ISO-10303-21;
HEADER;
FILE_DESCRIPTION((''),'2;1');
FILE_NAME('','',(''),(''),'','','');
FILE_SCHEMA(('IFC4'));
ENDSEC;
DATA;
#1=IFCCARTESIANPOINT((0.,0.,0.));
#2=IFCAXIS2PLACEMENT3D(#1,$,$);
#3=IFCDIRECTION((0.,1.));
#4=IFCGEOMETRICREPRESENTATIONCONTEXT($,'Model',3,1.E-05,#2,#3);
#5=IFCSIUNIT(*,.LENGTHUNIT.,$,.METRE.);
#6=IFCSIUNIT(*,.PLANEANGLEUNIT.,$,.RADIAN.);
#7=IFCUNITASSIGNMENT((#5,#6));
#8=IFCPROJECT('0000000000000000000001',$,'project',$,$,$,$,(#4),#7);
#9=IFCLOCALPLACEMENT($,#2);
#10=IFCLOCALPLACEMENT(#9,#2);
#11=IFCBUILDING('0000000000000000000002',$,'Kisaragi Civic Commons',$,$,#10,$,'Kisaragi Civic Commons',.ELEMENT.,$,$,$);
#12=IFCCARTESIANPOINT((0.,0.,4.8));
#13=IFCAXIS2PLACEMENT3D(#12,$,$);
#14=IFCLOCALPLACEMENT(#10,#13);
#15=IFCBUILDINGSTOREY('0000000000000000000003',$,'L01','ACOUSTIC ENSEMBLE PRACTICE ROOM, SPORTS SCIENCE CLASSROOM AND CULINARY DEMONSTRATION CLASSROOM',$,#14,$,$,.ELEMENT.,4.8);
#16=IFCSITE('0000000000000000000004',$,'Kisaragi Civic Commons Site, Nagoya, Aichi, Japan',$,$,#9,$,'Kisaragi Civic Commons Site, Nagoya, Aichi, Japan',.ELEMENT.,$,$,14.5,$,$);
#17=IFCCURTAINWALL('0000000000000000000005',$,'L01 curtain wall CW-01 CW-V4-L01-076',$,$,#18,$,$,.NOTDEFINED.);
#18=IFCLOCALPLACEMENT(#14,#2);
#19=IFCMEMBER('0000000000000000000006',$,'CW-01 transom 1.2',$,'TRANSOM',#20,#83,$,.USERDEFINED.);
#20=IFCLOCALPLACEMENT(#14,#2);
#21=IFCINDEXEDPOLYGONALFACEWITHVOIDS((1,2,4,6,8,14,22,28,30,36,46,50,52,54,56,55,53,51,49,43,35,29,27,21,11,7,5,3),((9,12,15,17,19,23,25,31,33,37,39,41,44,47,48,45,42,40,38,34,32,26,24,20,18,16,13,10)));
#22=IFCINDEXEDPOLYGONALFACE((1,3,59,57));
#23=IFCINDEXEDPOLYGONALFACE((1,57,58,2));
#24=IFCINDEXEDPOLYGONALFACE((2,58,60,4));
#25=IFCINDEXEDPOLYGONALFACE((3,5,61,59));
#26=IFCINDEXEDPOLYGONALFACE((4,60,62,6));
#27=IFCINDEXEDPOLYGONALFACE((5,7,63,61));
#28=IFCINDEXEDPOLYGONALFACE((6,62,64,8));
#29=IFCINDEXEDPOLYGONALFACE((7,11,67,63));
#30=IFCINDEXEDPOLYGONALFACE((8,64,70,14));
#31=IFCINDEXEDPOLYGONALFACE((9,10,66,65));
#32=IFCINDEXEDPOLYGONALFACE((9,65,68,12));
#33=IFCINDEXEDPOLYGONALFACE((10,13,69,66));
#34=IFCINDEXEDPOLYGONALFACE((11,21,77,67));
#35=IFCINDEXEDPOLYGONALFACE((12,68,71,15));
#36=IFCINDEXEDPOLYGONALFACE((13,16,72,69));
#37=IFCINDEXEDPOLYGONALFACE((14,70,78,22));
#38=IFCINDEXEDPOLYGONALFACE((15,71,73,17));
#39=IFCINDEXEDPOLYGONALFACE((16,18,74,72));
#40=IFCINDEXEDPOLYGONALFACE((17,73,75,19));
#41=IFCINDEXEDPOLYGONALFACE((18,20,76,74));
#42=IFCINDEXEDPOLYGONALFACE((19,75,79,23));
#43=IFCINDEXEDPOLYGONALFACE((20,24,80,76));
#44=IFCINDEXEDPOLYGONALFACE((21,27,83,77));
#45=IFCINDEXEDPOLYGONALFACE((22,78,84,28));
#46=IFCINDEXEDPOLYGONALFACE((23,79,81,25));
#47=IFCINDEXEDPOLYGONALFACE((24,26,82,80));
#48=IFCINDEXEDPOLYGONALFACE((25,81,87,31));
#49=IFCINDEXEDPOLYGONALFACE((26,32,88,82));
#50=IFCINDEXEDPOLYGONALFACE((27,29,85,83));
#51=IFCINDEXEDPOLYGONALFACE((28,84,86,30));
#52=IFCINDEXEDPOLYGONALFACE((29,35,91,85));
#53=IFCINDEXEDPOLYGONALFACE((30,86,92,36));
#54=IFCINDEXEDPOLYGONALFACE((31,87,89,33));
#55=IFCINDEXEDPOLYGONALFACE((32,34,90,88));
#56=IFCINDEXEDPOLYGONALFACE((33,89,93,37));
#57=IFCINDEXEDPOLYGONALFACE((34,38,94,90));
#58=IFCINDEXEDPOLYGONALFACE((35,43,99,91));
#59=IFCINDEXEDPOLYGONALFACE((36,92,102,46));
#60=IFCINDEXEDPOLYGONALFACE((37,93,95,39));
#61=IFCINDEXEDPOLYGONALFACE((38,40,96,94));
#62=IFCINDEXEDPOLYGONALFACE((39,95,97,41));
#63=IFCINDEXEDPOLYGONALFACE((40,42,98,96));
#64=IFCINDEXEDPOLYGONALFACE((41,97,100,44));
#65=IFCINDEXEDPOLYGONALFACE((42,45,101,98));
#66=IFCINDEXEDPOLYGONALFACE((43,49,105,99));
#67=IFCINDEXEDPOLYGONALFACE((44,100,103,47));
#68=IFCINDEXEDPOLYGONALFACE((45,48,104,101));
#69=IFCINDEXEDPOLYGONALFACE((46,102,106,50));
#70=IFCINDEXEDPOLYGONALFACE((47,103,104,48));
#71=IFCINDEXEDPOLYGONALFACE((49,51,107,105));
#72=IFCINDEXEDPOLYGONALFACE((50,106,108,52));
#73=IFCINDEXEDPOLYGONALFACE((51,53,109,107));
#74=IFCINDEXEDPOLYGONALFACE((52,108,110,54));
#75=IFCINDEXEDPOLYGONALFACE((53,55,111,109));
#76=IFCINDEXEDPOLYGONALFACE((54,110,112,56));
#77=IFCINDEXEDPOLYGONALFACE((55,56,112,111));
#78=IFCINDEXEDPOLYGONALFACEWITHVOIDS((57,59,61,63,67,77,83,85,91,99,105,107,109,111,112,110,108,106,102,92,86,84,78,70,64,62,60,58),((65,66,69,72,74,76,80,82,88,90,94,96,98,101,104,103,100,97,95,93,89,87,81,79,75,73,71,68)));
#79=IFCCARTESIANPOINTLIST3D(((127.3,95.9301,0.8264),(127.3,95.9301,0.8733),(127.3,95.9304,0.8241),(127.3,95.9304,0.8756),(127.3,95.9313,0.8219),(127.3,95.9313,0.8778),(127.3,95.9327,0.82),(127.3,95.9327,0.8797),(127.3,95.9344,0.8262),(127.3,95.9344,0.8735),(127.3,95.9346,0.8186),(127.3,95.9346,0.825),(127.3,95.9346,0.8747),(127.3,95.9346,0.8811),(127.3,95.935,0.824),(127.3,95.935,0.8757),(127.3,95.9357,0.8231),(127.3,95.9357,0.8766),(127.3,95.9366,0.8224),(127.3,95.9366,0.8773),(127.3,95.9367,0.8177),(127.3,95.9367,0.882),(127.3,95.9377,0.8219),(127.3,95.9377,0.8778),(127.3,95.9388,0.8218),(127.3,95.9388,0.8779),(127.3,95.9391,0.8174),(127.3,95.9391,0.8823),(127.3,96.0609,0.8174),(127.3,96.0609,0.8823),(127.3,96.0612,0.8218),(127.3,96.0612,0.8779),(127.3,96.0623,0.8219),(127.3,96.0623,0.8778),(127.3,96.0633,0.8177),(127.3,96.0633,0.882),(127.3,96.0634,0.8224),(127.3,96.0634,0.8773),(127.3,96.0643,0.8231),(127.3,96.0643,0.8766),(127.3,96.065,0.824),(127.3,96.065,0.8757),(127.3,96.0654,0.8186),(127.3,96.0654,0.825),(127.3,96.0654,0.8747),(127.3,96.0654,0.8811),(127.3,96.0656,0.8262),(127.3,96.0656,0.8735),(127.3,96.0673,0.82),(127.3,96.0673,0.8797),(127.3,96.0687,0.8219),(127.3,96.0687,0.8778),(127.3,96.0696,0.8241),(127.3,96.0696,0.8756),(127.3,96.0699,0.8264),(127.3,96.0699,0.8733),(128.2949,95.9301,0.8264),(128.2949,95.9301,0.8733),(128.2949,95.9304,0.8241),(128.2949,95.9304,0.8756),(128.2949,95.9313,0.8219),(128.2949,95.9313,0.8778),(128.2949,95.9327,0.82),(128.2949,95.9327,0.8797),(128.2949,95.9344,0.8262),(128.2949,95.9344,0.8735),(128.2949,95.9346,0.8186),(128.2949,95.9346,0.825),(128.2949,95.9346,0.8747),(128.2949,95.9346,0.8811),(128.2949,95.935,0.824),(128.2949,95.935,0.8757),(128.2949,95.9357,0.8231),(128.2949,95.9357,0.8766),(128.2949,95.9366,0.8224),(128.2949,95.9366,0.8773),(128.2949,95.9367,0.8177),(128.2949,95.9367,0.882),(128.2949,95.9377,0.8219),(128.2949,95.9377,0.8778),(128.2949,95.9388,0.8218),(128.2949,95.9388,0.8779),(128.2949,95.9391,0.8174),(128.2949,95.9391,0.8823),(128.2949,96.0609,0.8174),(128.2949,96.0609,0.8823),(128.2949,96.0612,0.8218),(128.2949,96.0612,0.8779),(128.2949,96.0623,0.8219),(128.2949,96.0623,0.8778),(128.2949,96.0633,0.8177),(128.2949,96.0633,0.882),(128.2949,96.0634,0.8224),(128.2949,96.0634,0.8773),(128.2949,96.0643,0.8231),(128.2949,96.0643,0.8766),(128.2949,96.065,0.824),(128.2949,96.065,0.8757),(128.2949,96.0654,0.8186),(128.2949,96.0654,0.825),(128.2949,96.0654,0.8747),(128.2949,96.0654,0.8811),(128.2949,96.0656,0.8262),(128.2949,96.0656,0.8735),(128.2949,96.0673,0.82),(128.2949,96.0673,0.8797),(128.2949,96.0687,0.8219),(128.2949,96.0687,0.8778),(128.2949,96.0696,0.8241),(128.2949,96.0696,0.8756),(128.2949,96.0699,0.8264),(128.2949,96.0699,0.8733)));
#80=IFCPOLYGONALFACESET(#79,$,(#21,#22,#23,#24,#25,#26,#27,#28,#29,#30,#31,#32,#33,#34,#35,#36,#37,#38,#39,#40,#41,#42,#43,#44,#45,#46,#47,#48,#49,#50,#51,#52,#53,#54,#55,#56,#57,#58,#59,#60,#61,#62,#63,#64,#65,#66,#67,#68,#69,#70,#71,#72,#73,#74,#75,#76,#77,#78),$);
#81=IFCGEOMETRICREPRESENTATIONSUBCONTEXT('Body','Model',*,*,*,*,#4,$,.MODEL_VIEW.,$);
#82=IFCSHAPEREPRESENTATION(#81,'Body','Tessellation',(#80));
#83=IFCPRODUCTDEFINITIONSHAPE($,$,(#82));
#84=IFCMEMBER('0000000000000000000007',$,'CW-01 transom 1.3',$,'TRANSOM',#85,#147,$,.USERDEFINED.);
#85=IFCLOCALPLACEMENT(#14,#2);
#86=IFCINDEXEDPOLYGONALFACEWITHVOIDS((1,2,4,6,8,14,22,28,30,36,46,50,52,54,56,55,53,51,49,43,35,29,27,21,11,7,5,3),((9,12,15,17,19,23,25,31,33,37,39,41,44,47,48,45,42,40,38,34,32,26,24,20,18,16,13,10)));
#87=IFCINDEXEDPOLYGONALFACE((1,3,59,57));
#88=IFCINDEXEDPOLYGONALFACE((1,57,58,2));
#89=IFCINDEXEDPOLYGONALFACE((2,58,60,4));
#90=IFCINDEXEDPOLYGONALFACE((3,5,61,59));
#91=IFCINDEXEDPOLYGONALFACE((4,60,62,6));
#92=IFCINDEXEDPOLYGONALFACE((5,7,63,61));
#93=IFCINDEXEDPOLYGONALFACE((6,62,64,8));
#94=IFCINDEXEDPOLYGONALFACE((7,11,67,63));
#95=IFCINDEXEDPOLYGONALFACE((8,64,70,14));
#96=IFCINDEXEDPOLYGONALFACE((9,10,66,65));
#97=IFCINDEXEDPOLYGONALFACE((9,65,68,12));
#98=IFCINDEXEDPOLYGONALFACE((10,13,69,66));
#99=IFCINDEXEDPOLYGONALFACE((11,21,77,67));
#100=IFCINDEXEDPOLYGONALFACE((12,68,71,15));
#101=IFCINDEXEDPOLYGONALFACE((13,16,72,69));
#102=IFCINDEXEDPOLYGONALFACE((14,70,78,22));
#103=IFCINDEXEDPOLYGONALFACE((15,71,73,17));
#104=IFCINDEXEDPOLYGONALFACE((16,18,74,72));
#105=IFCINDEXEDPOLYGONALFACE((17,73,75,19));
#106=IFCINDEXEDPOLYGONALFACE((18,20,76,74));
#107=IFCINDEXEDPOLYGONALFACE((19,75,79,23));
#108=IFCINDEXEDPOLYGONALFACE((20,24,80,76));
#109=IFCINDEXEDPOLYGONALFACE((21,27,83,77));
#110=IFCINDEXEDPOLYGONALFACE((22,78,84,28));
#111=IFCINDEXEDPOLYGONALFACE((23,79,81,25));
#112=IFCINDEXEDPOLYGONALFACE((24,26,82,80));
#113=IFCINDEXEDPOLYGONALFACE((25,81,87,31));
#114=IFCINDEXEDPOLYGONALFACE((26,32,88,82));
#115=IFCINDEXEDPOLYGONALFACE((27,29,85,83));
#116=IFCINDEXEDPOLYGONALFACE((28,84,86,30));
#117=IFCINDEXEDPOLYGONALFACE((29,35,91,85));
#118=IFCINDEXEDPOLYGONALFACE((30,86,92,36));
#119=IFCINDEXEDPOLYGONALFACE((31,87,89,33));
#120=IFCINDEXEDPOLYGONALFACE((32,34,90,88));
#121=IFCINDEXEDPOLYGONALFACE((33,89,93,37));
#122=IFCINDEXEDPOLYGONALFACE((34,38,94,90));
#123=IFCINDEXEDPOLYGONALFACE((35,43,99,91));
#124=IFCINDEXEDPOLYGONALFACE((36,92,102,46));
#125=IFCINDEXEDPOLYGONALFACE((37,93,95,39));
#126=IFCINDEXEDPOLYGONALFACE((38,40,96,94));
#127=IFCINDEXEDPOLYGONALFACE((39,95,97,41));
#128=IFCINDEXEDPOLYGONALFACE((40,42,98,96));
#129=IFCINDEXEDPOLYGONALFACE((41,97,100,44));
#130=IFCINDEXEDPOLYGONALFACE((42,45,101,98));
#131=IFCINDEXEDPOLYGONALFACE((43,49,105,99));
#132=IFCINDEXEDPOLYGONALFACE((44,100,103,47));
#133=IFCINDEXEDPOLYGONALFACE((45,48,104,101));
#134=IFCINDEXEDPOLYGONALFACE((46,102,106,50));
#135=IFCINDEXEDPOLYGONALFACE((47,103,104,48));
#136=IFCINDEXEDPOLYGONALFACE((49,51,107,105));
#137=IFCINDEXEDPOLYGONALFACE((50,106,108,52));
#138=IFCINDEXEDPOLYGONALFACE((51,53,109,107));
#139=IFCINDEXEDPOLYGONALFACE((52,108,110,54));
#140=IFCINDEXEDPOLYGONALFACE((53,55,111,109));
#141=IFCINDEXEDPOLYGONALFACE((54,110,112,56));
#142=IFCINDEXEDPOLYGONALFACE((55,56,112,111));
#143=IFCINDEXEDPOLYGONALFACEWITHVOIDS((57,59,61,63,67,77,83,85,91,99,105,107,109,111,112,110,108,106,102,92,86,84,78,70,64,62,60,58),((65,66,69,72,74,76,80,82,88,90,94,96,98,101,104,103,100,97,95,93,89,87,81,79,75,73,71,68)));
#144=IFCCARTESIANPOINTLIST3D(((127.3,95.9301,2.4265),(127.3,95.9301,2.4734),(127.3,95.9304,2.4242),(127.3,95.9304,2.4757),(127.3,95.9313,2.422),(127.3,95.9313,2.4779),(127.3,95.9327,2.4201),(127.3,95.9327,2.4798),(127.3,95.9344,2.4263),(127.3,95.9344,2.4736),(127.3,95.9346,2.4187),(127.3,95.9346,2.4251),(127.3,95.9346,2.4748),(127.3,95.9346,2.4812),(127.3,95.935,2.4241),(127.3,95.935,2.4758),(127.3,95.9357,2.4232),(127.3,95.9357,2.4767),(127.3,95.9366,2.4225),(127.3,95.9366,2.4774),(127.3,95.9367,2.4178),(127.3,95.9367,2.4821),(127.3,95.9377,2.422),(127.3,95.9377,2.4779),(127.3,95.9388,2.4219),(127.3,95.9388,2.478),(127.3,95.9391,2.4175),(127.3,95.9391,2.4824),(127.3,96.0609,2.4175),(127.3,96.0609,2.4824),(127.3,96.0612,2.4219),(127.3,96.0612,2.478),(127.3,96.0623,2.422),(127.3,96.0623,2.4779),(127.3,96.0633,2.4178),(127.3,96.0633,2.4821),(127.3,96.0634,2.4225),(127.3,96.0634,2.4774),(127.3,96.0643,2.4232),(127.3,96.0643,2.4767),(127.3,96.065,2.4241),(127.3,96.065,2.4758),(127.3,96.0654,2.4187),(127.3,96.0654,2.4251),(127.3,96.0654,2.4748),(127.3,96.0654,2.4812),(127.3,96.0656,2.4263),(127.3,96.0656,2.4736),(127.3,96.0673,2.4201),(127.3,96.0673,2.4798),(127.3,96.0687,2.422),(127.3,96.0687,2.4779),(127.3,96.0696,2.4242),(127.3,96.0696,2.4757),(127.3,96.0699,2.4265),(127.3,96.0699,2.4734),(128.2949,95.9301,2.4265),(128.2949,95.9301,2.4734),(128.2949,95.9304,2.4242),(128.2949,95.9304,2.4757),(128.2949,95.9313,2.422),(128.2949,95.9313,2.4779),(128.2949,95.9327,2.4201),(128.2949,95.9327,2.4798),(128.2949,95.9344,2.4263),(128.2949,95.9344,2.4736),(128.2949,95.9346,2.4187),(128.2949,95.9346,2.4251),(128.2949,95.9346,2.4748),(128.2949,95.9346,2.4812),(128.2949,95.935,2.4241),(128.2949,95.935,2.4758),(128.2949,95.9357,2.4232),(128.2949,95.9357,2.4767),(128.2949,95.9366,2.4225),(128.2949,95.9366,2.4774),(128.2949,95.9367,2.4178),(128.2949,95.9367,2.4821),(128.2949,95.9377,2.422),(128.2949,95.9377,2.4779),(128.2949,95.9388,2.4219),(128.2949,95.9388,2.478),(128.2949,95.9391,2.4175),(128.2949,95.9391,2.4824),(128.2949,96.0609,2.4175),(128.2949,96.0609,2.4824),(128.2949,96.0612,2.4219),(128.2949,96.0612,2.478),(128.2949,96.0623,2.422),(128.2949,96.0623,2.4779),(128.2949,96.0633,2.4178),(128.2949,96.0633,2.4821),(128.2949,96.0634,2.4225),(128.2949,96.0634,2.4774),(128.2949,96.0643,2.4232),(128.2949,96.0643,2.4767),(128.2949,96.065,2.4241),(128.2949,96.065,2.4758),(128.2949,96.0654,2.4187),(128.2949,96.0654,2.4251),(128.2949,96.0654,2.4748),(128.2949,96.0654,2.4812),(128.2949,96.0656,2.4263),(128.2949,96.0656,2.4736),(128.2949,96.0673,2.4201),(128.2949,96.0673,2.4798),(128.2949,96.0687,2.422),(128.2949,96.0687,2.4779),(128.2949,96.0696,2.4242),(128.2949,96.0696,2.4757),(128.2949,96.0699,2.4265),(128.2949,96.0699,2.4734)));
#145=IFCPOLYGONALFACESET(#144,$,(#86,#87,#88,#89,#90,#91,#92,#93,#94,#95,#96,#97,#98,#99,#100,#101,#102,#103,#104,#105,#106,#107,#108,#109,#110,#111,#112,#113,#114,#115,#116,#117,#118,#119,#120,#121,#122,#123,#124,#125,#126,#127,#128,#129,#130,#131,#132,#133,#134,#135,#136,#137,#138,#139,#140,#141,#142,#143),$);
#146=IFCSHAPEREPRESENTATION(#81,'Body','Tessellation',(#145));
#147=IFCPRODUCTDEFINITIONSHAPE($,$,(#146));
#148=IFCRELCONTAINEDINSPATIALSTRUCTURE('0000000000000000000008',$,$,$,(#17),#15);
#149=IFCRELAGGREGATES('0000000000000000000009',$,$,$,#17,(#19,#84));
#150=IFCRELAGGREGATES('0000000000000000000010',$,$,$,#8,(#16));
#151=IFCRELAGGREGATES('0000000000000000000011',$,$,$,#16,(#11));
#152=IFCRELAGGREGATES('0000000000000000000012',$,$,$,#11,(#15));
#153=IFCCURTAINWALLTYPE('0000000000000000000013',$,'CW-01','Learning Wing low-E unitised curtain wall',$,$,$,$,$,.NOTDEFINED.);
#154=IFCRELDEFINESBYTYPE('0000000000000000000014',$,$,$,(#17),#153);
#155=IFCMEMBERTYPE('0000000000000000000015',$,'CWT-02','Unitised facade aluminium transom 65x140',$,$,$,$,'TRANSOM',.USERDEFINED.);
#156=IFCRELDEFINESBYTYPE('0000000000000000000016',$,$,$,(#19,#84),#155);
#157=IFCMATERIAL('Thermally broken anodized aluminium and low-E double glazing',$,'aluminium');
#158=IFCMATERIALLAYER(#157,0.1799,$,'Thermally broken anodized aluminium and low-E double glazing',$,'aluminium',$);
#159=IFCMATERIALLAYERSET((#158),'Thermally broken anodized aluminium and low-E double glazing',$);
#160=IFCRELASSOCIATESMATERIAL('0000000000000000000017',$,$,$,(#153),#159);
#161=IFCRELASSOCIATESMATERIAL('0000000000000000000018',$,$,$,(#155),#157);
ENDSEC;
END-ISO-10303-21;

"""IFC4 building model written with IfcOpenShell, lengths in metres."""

from ifc_helpers import new_model, si_unit, direction, frame, origin, origin_2d, place, context, subcontext, project, spatial, hollow_rectangle, extrude, material, layer, layer_set, material_profile, profile_set, type_object, element, aggregate, save


model = new_model("IFC4")

# Units and contexts
model_context = context("Model", 3, precision=1e-05, world=origin(), true_north=direction((0.0, 1.0)))
body_context = subcontext(model_context, "Body", "Model", "MODEL_VIEW")
ifc_project = project(units=[si_unit("LENGTHUNIT", "METRE"), si_unit("PLANEANGLEUNIT", "RADIAN")], contexts=[model_context])

# Site, building, storey
site_placement = place(None, origin())
site = spatial("IfcSite", under=ifc_project, at=site_placement, Name="Kisaragi Civic Commons Site, Nagoya, Aichi, Japan", LongName="Kisaragi Civic Commons Site, Nagoya, Aichi, Japan", CompositionType="ELEMENT", RefElevation=14.5)
building_placement = place(site_placement, origin())
building = spatial("IfcBuilding", under=site, at=building_placement, Name="Kisaragi Civic Commons", LongName="Kisaragi Civic Commons", CompositionType="ELEMENT")
storey_placement = place(building_placement, frame((0.0, 0.0, 4.8)))
storey = spatial("IfcBuildingStorey", under=building, at=storey_placement, Name="L01", Description="ACOUSTIC ENSEMBLE PRACTICE ROOM, SPORTS SCIENCE CLASSROOM AND CULINARY DEMONSTRATION CLASSROOM", CompositionType="ELEMENT", Elevation=4.8)

# Shared definitions
ifc_material_1 = material(Name="Thermally broken anodized aluminium and low-E double glazing", Category="aluminium")
ifc_layer_1 = layer(ifc_material_1, 0.1799, Name="Thermally broken anodized aluminium and low-E double glazing", Category="aluminium")
ifc_layer_set_1 = layer_set([ifc_layer_1], Name="Thermally broken anodized aluminium and low-E double glazing")
curtain_wall_type = type_object("IfcCurtainWallType", Name="CW-01", Description="Learning Wing low-E unitised curtain wall", PredefinedType="NOTDEFINED", material=ifc_layer_set_1)

# Curtain wall, members
curtain_wall_1_placement = place(storey_placement, origin())
curtain_wall_1 = element("IfcCurtainWall", 1, at=curtain_wall_1_placement, inside=storey, type_object=curtain_wall_type, Name="L01 curtain wall CW-01 CW-V4-L01-076", PredefinedType="NOTDEFINED")
ifc_material_profile_1 = material_profile(ifc_material_1, hollow_rectangle(XDim=0.1399, YDim=0.0649, WallThickness=0.0044, InnerFilletRadius=0.0044, OuterFilletRadius=0.009, at=origin_2d()), Name="CWT-65x140x4.5", Category="aluminium")
ifc_profile_set_1 = profile_set([ifc_material_profile_1], Name="Thermally broken anodized aluminium and low-E double glazing")
member_type_1 = type_object("IfcMemberType", Name="CWT-02", Description="Unitised facade aluminium transom 65x140", ElementType="TRANSOM", PredefinedType="USERDEFINED", material=ifc_profile_set_1)
member_1_placement = place(storey_placement, frame((128.2949, 96.0, 0.8499), z_axis=(-1.0, 0.0, 0.0), x_axis=(0.0, -1.0, 0.0)))
member_1 = element("IfcMember", 2, at=member_1_placement, type_object=member_type_1, Name="CW-01 transom 1.2", ObjectType="TRANSOM", PredefinedType="USERDEFINED", context=body_context, shape_type="SweptSolid", body=[
    extrude(hollow_rectangle(XDim=0.1399, YDim=0.0649, WallThickness=0.0044, InnerFilletRadius=0.0044, OuterFilletRadius=0.009, at=origin_2d()), origin(), (0.0, 0.0, 1.0), 0.9949),
])
member_2_placement = place(storey_placement, frame((128.2949, 96.0, 2.45), z_axis=(-1.0, 0.0, 0.0), x_axis=(0.0, -1.0, 0.0)))
member_2 = element("IfcMember", 3, at=member_2_placement, type_object=member_type_1, Name="CW-01 transom 1.3", ObjectType="TRANSOM", PredefinedType="USERDEFINED", context=body_context, shape_type="SweptSolid", body=[
    extrude(hollow_rectangle(XDim=0.1399, YDim=0.0649, WallThickness=0.0044, InnerFilletRadius=0.0044, OuterFilletRadius=0.009, at=origin_2d()), origin(), (0.0, 0.0, 1.0), 0.9949),
])

aggregate(curtain_wall_1, [member_1, member_2])

save(model, "model.ifc")
